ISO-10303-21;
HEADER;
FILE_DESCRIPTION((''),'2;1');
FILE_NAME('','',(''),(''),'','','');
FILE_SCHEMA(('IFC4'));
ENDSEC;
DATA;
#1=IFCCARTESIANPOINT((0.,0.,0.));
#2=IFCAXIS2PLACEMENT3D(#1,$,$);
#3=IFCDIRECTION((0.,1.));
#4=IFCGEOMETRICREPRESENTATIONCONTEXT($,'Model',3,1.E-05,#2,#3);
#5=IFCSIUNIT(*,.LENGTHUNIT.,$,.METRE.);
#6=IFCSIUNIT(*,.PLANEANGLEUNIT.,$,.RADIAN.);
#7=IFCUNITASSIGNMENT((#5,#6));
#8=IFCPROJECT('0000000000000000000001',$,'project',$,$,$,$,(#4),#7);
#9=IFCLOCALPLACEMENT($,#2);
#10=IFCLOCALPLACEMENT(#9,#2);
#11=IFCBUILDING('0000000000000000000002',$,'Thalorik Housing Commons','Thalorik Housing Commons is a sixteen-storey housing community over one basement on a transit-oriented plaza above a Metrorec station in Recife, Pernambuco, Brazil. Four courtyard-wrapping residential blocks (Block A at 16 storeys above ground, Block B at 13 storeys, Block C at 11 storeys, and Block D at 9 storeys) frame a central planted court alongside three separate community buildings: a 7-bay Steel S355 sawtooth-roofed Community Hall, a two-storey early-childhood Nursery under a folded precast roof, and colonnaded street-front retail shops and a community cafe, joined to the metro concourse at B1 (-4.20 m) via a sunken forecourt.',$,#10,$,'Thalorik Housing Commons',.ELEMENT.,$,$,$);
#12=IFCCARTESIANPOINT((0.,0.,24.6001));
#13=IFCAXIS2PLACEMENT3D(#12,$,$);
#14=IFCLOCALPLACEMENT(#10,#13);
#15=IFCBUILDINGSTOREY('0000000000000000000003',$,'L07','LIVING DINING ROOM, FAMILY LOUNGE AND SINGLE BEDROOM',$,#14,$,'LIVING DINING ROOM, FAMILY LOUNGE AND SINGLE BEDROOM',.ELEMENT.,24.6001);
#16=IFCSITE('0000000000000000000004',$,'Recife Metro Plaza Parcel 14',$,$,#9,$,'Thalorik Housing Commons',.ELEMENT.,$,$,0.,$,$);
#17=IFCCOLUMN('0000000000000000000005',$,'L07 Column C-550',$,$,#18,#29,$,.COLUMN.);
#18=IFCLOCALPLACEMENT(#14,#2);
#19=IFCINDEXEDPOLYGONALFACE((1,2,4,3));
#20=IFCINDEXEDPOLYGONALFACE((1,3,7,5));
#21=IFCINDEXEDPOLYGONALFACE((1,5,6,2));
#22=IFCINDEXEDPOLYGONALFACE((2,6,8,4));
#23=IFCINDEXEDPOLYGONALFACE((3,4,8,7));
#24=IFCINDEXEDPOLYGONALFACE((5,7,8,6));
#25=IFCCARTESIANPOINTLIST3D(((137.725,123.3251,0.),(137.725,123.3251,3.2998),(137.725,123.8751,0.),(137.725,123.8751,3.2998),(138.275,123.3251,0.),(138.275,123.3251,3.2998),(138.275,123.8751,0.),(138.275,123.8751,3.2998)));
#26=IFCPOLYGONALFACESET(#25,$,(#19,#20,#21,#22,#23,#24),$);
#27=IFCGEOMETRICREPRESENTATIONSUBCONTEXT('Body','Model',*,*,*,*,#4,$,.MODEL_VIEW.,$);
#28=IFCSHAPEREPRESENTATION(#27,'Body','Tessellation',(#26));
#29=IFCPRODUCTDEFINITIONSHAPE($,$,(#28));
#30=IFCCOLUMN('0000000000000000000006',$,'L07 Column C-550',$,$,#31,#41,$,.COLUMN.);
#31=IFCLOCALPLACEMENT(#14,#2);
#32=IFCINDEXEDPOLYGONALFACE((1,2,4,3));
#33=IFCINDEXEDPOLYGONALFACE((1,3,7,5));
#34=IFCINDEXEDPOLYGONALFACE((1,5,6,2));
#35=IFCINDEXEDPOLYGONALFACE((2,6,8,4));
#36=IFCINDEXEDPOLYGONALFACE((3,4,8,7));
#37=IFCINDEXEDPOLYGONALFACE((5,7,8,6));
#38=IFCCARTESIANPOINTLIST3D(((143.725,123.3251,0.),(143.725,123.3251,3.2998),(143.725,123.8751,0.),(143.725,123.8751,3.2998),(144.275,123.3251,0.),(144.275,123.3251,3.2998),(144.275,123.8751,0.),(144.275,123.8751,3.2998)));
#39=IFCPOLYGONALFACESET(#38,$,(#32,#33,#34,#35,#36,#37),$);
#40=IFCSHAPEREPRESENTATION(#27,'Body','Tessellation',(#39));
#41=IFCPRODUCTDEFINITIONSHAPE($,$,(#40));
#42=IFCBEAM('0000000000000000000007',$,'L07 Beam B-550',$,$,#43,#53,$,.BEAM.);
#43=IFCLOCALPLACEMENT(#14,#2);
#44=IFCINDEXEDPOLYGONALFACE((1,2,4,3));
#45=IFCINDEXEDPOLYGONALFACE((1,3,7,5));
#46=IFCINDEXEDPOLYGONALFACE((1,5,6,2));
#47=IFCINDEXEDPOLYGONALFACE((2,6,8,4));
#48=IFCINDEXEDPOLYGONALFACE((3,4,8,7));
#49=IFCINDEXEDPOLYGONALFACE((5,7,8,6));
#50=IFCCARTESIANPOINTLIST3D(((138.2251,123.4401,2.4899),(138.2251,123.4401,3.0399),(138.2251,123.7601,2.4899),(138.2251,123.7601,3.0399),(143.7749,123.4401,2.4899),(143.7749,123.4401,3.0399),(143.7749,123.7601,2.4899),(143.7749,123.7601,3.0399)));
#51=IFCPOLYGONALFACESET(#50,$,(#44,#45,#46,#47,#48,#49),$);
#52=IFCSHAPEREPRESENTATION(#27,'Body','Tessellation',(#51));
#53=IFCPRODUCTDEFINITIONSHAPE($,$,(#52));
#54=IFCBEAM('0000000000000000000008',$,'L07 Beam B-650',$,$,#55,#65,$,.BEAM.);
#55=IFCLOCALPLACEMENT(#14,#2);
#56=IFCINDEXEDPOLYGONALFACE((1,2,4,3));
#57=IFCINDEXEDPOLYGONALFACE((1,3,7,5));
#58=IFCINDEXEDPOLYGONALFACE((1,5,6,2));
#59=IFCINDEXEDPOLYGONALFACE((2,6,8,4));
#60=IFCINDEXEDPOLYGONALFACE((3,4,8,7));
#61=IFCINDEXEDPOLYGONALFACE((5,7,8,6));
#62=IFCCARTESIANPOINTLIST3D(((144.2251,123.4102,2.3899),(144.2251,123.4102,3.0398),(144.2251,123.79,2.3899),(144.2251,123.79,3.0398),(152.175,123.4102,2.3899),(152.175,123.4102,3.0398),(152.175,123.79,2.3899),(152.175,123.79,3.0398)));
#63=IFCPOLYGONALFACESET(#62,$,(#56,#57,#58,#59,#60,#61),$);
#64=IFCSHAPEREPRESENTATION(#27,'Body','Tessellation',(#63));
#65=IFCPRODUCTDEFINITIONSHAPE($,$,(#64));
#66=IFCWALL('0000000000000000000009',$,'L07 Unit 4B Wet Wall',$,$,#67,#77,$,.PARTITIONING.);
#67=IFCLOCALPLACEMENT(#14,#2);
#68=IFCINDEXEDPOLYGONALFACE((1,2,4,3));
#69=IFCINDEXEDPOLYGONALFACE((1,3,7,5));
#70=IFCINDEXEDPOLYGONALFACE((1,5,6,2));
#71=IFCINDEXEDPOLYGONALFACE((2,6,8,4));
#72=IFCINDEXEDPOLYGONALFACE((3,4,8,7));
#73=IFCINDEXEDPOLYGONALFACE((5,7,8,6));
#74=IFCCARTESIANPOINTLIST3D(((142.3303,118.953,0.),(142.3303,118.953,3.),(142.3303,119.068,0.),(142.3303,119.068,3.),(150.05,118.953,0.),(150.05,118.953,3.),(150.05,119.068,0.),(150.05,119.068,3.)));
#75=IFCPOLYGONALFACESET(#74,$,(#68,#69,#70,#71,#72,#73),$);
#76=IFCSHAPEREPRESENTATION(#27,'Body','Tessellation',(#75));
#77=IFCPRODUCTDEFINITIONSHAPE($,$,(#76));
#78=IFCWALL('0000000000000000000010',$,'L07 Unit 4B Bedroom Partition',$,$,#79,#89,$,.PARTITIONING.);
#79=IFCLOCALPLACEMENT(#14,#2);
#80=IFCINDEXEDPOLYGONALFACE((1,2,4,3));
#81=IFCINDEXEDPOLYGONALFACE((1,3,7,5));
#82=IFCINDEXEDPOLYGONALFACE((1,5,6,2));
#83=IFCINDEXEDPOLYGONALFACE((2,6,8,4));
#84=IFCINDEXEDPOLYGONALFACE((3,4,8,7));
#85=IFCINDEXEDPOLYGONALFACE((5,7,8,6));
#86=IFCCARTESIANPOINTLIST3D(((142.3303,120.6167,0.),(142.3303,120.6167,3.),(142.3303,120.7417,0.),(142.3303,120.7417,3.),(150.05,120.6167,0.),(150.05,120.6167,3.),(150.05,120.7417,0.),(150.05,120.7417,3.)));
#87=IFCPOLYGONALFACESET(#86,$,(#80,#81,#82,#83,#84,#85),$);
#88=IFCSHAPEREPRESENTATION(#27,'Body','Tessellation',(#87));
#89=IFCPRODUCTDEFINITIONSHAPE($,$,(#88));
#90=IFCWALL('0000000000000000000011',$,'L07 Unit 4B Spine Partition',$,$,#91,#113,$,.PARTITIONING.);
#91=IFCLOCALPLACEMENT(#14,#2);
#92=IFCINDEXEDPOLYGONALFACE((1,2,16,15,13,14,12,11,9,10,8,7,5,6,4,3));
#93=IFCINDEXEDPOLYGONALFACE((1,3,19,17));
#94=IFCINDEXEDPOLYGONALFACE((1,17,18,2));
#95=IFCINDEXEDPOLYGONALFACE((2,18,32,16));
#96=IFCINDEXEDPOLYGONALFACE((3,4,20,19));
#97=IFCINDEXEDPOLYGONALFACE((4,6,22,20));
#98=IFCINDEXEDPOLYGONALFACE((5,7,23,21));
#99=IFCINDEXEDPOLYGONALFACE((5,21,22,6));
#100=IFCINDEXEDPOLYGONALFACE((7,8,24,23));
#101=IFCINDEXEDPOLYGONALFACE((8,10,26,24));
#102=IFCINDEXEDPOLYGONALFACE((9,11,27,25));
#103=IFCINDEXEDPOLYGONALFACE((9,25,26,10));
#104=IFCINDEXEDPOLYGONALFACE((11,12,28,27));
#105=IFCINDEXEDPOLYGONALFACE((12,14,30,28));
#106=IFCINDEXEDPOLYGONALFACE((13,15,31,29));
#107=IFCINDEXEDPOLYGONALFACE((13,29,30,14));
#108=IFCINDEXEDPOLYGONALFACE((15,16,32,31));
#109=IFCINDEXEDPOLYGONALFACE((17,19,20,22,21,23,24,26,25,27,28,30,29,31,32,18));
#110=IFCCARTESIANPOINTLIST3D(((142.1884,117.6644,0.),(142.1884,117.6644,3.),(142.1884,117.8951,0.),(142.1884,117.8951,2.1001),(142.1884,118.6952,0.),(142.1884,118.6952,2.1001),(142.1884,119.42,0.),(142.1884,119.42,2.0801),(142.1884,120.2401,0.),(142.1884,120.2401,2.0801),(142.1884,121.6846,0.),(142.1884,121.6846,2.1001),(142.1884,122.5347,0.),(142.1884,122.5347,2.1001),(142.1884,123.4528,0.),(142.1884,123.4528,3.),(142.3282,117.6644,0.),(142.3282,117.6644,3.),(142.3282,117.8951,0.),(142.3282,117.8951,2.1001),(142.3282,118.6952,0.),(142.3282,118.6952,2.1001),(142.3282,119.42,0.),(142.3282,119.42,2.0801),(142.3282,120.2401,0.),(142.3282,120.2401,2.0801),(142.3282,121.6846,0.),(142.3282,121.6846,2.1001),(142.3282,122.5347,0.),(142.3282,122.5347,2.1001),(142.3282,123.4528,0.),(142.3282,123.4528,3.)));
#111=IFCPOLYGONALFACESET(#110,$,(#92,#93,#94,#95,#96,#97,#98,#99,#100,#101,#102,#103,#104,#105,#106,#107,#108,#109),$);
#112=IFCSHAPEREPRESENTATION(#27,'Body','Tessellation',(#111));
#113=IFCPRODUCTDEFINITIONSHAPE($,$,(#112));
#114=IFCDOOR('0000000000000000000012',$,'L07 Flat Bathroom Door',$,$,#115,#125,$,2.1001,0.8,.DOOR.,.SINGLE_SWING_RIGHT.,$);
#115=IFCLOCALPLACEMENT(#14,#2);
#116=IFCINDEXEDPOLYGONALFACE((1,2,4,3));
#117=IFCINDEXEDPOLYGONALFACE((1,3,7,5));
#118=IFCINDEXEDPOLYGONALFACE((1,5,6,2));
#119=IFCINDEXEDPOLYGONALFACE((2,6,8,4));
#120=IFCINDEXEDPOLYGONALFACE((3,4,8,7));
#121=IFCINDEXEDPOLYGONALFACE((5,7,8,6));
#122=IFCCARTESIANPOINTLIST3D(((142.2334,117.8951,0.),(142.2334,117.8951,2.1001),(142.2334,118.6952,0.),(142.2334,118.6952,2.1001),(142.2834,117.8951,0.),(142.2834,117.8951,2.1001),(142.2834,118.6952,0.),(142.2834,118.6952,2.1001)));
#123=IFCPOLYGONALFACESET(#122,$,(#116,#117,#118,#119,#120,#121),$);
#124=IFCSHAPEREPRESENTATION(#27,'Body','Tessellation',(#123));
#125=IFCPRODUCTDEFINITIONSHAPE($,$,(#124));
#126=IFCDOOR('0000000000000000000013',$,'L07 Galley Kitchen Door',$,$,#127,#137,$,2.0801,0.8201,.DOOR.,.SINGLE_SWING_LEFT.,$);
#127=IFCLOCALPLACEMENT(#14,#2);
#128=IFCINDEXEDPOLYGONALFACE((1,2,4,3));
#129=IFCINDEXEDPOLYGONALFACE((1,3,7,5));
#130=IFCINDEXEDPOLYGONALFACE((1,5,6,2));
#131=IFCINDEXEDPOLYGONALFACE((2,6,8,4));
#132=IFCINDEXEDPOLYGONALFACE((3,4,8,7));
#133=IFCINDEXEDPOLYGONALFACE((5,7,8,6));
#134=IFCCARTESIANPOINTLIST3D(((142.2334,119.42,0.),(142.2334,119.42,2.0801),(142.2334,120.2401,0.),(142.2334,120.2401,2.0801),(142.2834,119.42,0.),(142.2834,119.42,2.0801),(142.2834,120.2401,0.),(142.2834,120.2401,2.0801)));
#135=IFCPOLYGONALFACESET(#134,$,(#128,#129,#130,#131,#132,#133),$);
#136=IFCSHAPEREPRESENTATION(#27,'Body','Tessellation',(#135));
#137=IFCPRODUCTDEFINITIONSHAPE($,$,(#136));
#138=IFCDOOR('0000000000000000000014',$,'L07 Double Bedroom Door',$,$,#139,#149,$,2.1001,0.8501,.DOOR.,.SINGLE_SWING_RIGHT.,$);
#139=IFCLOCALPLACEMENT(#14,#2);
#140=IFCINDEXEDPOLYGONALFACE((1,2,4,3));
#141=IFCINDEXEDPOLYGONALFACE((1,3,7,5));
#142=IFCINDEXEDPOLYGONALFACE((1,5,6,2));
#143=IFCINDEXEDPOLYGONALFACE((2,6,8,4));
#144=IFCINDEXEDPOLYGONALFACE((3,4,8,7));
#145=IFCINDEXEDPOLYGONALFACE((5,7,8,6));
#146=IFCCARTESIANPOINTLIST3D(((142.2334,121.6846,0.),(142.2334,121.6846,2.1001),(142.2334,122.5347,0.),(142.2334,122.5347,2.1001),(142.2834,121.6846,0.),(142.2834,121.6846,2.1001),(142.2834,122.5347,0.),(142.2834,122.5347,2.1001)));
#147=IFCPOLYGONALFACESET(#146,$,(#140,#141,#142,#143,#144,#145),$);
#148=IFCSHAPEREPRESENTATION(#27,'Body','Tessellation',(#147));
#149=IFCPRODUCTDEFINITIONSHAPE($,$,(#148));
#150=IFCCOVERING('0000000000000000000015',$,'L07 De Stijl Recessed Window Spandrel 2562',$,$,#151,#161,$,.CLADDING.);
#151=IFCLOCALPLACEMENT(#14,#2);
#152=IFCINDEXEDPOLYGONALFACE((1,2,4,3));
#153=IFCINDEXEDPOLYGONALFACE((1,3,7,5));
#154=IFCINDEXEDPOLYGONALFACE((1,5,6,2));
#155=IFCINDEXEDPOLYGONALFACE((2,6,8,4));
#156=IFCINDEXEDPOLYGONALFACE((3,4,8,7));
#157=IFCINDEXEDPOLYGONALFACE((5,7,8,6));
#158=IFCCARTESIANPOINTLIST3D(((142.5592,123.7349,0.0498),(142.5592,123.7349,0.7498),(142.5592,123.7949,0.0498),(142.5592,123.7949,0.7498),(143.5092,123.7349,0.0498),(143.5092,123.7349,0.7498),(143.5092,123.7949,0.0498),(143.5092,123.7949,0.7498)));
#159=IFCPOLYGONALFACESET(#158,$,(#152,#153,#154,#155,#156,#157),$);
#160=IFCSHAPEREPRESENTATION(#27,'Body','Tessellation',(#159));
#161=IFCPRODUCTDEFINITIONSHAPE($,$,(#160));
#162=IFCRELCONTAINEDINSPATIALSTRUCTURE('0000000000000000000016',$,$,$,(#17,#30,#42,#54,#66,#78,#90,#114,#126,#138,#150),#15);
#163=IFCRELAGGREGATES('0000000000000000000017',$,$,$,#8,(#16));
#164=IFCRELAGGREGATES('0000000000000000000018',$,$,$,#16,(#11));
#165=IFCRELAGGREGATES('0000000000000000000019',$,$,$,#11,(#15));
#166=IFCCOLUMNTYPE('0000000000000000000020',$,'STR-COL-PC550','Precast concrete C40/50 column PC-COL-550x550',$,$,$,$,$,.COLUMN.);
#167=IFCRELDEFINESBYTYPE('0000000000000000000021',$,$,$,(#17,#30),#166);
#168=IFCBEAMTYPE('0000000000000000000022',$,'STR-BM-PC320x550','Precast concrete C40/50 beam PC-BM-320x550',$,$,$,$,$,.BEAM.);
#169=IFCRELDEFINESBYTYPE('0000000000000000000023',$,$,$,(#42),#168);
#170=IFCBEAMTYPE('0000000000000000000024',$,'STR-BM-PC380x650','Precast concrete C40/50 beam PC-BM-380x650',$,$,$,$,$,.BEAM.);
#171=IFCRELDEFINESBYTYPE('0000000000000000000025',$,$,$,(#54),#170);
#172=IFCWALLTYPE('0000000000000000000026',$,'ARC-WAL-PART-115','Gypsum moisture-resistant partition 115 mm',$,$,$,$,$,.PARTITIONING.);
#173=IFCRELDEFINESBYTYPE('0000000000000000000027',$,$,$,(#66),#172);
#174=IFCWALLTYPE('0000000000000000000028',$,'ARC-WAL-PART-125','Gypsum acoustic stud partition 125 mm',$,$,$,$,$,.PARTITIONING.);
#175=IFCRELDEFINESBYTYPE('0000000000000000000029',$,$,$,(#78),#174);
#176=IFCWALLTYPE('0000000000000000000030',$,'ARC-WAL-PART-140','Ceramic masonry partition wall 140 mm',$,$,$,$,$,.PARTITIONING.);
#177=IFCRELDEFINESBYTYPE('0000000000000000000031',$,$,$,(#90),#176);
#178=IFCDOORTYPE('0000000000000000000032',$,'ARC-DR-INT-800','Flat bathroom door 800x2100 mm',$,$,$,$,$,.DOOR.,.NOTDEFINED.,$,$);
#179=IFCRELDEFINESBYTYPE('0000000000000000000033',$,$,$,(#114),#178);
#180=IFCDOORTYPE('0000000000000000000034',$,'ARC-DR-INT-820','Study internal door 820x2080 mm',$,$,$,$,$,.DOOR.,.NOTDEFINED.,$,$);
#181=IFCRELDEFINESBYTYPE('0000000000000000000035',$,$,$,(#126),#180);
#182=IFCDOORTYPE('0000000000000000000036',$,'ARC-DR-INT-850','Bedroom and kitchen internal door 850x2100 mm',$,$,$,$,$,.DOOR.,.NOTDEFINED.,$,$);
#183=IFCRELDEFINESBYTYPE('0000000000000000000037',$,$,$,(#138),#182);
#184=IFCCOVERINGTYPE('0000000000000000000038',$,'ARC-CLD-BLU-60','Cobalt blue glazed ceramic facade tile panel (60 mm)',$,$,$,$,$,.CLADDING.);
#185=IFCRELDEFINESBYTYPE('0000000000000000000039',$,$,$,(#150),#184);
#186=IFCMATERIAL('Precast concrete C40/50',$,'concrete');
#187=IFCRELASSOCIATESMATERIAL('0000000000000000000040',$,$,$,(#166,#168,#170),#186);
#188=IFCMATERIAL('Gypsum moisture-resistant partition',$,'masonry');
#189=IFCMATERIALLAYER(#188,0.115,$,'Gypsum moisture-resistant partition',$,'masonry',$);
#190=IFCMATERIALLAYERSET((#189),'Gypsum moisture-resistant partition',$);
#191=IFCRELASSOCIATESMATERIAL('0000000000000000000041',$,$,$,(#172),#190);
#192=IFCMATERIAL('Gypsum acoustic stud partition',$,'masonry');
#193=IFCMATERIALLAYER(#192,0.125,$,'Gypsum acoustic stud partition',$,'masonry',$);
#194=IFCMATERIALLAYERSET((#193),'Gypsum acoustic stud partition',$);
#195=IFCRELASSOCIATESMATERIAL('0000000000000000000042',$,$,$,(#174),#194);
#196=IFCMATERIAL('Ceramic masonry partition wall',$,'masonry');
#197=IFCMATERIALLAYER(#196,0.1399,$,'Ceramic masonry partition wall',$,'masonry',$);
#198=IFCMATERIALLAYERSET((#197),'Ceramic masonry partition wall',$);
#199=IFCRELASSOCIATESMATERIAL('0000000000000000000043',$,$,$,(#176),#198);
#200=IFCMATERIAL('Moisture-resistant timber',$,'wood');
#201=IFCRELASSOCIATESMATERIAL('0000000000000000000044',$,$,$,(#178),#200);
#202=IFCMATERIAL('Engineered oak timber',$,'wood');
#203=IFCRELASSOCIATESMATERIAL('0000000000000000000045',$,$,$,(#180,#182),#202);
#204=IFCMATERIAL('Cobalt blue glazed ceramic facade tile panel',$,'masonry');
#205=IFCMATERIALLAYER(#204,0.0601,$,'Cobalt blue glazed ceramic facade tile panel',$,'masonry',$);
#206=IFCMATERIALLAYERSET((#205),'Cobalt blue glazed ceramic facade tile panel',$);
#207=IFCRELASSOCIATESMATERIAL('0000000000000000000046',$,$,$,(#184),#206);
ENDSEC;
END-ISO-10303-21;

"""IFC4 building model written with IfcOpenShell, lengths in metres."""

from ifc_helpers import new_model, si_unit, direction, frame, frame_2d, origin, origin_2d, place, context, subcontext, project, spatial, rectangle, extrude, material, layer, layer_set, material_profile, profile_set, type_object, element, fill, save


model = new_model("IFC4")

# Units and contexts
model_context = context("Model", 3, precision=1e-05, world=origin(), true_north=direction((0.0, 1.0)))
body_context = subcontext(model_context, "Body", "Model", "MODEL_VIEW")
ifc_project = project(units=[si_unit("LENGTHUNIT", "METRE"), si_unit("PLANEANGLEUNIT", "RADIAN")], contexts=[model_context])

# Site, building, storey
site_placement = place(None, origin())
site = spatial("IfcSite", under=ifc_project, at=site_placement, Name="Recife Metro Plaza Parcel 14", LongName="Thalorik Housing Commons", CompositionType="ELEMENT", RefElevation=0.0)
building_placement = place(site_placement, origin())
building = spatial("IfcBuilding", under=site, at=building_placement, Name="Thalorik Housing Commons", Description="Thalorik Housing Commons is a sixteen-storey housing community over one basement on a transit-oriented plaza above a Metrorec station in Recife, Pernambuco, Brazil. Four courtyard-wrapping residential blocks (Block A at 16 storeys above ground, Block B at 13 storeys, Block C at 11 storeys, and Block D at 9 storeys) frame a central planted court alongside three separate community buildings: a 7-bay Steel S355 sawtooth-roofed Community Hall, a two-storey early-childhood Nursery under a folded precast roof, and colonnaded street-front retail shops and a community cafe, joined to the metro concourse at B1 (-4.20 m) via a sunken forecourt.", LongName="Thalorik Housing Commons", CompositionType="ELEMENT")
storey_placement = place(building_placement, frame((0.0, 0.0, 24.6001)))
storey = spatial("IfcBuildingStorey", under=building, at=storey_placement, Name="L07", Description="LIVING DINING ROOM, FAMILY LOUNGE AND SINGLE BEDROOM", LongName="LIVING DINING ROOM, FAMILY LOUNGE AND SINGLE BEDROOM", CompositionType="ELEMENT", Elevation=24.6001)

# Columns
ifc_material_1 = material(Name="Precast concrete C40/50", Category="concrete")
ifc_material_profile_1 = material_profile(ifc_material_1, rectangle(XDim=0.55, YDim=0.55, at=origin_2d()), Name="PC 550x550", Category="concrete")
ifc_profile_set_1 = profile_set([ifc_material_profile_1], Name="Precast concrete C40/50")
column_type = type_object("IfcColumnType", Name="STR-COL-PC550", Description="Precast concrete C40/50 column PC-COL-550x550", PredefinedType="COLUMN", material=ifc_profile_set_1)
for number, where, z_axis, x_axis, name in (
    (1, (138.0, 123.6001, 0.0), (0.0, 0.0, 1.0), (1.0, 0.0, 0.0), "L07 Column C-550"),
    (2, (144.0, 123.6001, 0.0), (0.0, 0.0, 1.0), (1.0, 0.0, 0.0), "L07 Column C-550"),
):
    element("IfcColumn", number, at=place(storey_placement, frame(where, z_axis=z_axis, x_axis=x_axis)), inside=storey, type_object=column_type, Name=name, PredefinedType="COLUMN", context=body_context, shape_type="SweptSolid", body=[
        extrude(rectangle(XDim=0.55, YDim=0.55, at=origin_2d()), origin(), (0.0, 0.0, 1.0), 3.2998),
    ])

# Beams
ifc_material_profile_2 = material_profile(ifc_material_1, rectangle(XDim=0.3201, YDim=0.55, at=origin_2d()), Name="PC 320x550", Category="concrete")
ifc_profile_set_2 = profile_set([ifc_material_profile_2], Name="Precast concrete C40/50")
beam_type_1 = type_object("IfcBeamType", Name="STR-BM-PC320x550", Description="Precast concrete C40/50 beam PC-BM-320x550", PredefinedType="BEAM", material=ifc_profile_set_2)
beam_1_placement = place(storey_placement, frame((138.2251, 123.6001, 2.7649), z_axis=(1.0, 0.0, 0.0), x_axis=(0.0, 1.0, 0.0)))
element("IfcBeam", 3, at=beam_1_placement, inside=storey, type_object=beam_type_1, Name="L07 Beam B-550", PredefinedType="BEAM", context=body_context, shape_type="SweptSolid", body=[
    extrude(rectangle(XDim=0.3201, YDim=0.55, at=origin_2d()), origin(), (0.0, 0.0, 1.0), 5.5498),
])
ifc_material_profile_3 = material_profile(ifc_material_1, rectangle(XDim=0.3799, YDim=0.6499, at=origin_2d()), Name="PC 380x650", Category="concrete")
ifc_profile_set_3 = profile_set([ifc_material_profile_3], Name="Precast concrete C40/50")
beam_type_2 = type_object("IfcBeamType", Name="STR-BM-PC380x650", Description="Precast concrete C40/50 beam PC-BM-380x650", PredefinedType="BEAM", material=ifc_profile_set_3)
beam_2_placement = place(storey_placement, frame((144.2251, 123.6001, 2.7148), z_axis=(1.0, 0.0, 0.0), x_axis=(0.0, 1.0, 0.0)))
element("IfcBeam", 4, at=beam_2_placement, inside=storey, type_object=beam_type_2, Name="L07 Beam B-650", PredefinedType="BEAM", context=body_context, shape_type="SweptSolid", body=[
    extrude(rectangle(XDim=0.3799, YDim=0.6499, at=origin_2d()), origin(), (0.0, 0.0, 1.0), 7.95),
])

# Walls
ifc_material_2 = material(Name="Gypsum moisture-resistant partition", Category="masonry")
ifc_layer_1 = layer(ifc_material_2, 0.115, Name="Gypsum moisture-resistant partition", Category="masonry")
ifc_layer_set_1 = layer_set([ifc_layer_1], Name="Gypsum moisture-resistant partition")
wall_type_1 = type_object("IfcWallType", Name="ARC-WAL-PART-115", Description="Gypsum moisture-resistant partition 115 mm", PredefinedType="PARTITIONING", material=ifc_layer_set_1)
wall_1_placement = place(storey_placement, frame((142.3303, 119.0105, 0.0), z_axis=(0.0, 0.0, 1.0), x_axis=(1.0, 0.0, 0.0)))
element("IfcWall", 5, at=wall_1_placement, inside=storey, type_object=wall_type_1, Name="L07 Unit 4B Wet Wall", PredefinedType="PARTITIONING", context=body_context, shape_type="SweptSolid", body=[
    extrude(rectangle(XDim=7.7197, YDim=0.115, at=frame_2d((3.8599, 0.0))), origin(), (0.0, 0.0, 1.0), 3.0),
])
ifc_material_3 = material(Name="Gypsum acoustic stud partition", Category="masonry")
ifc_layer_2 = layer(ifc_material_3, 0.125, Name="Gypsum acoustic stud partition", Category="masonry")
ifc_layer_set_2 = layer_set([ifc_layer_2], Name="Gypsum acoustic stud partition")
wall_type_2 = type_object("IfcWallType", Name="ARC-WAL-PART-125", Description="Gypsum acoustic stud partition 125 mm", PredefinedType="PARTITIONING", material=ifc_layer_set_2)
wall_2_placement = place(storey_placement, frame((142.3303, 120.6792, 0.0), z_axis=(0.0, 0.0, 1.0), x_axis=(1.0, 0.0, 0.0)))
element("IfcWall", 6, at=wall_2_placement, inside=storey, type_object=wall_type_2, Name="L07 Unit 4B Bedroom Partition", PredefinedType="PARTITIONING", context=body_context, shape_type="SweptSolid", body=[
    extrude(rectangle(XDim=7.7197, YDim=0.125, at=frame_2d((3.8599, 0.0))), origin(), (0.0, 0.0, 1.0), 3.0),
])

# Wall, openings, doors
ifc_material_4 = material(Name="Ceramic masonry partition wall", Category="masonry")
ifc_layer_3 = layer(ifc_material_4, 0.1399, Name="Ceramic masonry partition wall", Category="masonry")
ifc_layer_set_3 = layer_set([ifc_layer_3], Name="Ceramic masonry partition wall")
wall_type_3 = type_object("IfcWallType", Name="ARC-WAL-PART-140", Description="Ceramic masonry partition wall 140 mm", PredefinedType="PARTITIONING", material=ifc_layer_set_3)
wall_3_placement = place(storey_placement, frame((142.2583, 117.6646, 0.0), z_axis=(0.0, 0.0, 1.0), x_axis=(0.0, 1.0, 0.0)))
wall_3 = element("IfcWall", 7, at=wall_3_placement, inside=storey, type_object=wall_type_3, Name="L07 Unit 4B Spine Partition", PredefinedType="PARTITIONING", context=body_context, shape_type="SweptSolid", body=[
    extrude(rectangle(XDim=5.7883, YDim=0.1399, at=frame_2d((2.894, 0.0))), origin(), (0.0, 0.0, 1.0), 3.0),
])
opening_1_placement = place(wall_3_placement, frame((0.2307, 0.0, 0.0)))
opening_1 = element("IfcOpeningElement", 8, at=opening_1_placement, cuts=wall_3, PredefinedType="OPENING", context=body_context, shape_type="SweptSolid", body=[
    extrude(rectangle(XDim=0.8, YDim=2.1001, at=frame_2d((0.3999, 1.05))), frame((0.0, 0.0801, 0.0), z_axis=(0.0, -1.0, 0.0), x_axis=(1.0, 0.0, 0.0)), (0.0, 0.0, 1.0), 0.1599),
])
opening_2_placement = place(wall_3_placement, frame((1.7554, 0.0, 0.0)))
opening_2 = element("IfcOpeningElement", 9, at=opening_2_placement, cuts=wall_3, PredefinedType="OPENING", context=body_context, shape_type="SweptSolid", body=[
    extrude(rectangle(XDim=0.8201, YDim=2.0801, at=frame_2d((0.4102, 1.04))), frame((0.0, 0.0801, 0.0), z_axis=(0.0, -1.0, 0.0), x_axis=(1.0, 0.0, 0.0)), (0.0, 0.0, 1.0), 0.1599),
])
opening_3_placement = place(wall_3_placement, frame((4.02, 0.0, 0.0)))
opening_3 = element("IfcOpeningElement", 10, at=opening_3_placement, cuts=wall_3, PredefinedType="OPENING", context=body_context, shape_type="SweptSolid", body=[
    extrude(rectangle(XDim=0.8501, YDim=2.1001, at=frame_2d((0.425, 1.05))), frame((0.0, 0.0801, 0.0), z_axis=(0.0, -1.0, 0.0), x_axis=(1.0, 0.0, 0.0)), (0.0, 0.0, 1.0), 0.1599),
])
ifc_material_5 = material(Name="Moisture-resistant timber", Category="wood")
door_type_1 = type_object("IfcDoorType", Name="ARC-DR-INT-800", Description="Flat bathroom door 800x2100 mm", OperationType="NOTDEFINED", PredefinedType="DOOR", material=ifc_material_5)
door_1_placement = place(opening_1_placement, origin())
door_1 = element("IfcDoor", 11, at=door_1_placement, inside=storey, type_object=door_type_1, Name="L07 Flat Bathroom Door", OperationType="SINGLE_SWING_RIGHT", OverallHeight=2.1001, OverallWidth=0.8, PredefinedType="DOOR", context=body_context, shape_type="SweptSolid", body=[
    extrude(rectangle(XDim=0.8, YDim=2.1001, at=frame_2d((0.3999, 1.05))), frame((0.0, 0.0249, 0.0), z_axis=(0.0, -1.0, 0.0), x_axis=(1.0, 0.0, 0.0)), (0.0, 0.0, 1.0), 0.05),
])
fill(opening_1, door_1)
ifc_material_6 = material(Name="Engineered oak timber", Category="wood")
door_type_2 = type_object("IfcDoorType", Name="ARC-DR-INT-820", Description="Study internal door 820x2080 mm", OperationType="NOTDEFINED", PredefinedType="DOOR", material=ifc_material_6)
door_2_placement = place(opening_2_placement, origin())
door_2 = element("IfcDoor", 12, at=door_2_placement, inside=storey, type_object=door_type_2, Name="L07 Galley Kitchen Door", OperationType="SINGLE_SWING_LEFT", OverallHeight=2.0801, OverallWidth=0.8201, PredefinedType="DOOR", context=body_context, shape_type="SweptSolid", body=[
    extrude(rectangle(XDim=0.8201, YDim=2.0801, at=frame_2d((0.4102, 1.04))), frame((0.0, 0.0249, 0.0), z_axis=(0.0, -1.0, 0.0), x_axis=(1.0, 0.0, 0.0)), (0.0, 0.0, 1.0), 0.05),
])
fill(opening_2, door_2)
door_type_3 = type_object("IfcDoorType", Name="ARC-DR-INT-850", Description="Bedroom and kitchen internal door 850x2100 mm", OperationType="NOTDEFINED", PredefinedType="DOOR", material=ifc_material_6)
door_3_placement = place(opening_3_placement, origin())
door_3 = element("IfcDoor", 13, at=door_3_placement, inside=storey, type_object=door_type_3, Name="L07 Double Bedroom Door", OperationType="SINGLE_SWING_RIGHT", OverallHeight=2.1001, OverallWidth=0.8501, PredefinedType="DOOR", context=body_context, shape_type="SweptSolid", body=[
    extrude(rectangle(XDim=0.8501, YDim=2.1001, at=frame_2d((0.425, 1.05))), frame((0.0, 0.0249, 0.0), z_axis=(0.0, -1.0, 0.0), x_axis=(1.0, 0.0, 0.0)), (0.0, 0.0, 1.0), 0.05),
])
fill(opening_3, door_3)

# Covering
ifc_material_7 = material(Name="Cobalt blue glazed ceramic facade tile panel", Category="masonry")
ifc_layer_4 = layer(ifc_material_7, 0.0601, Name="Cobalt blue glazed ceramic facade tile panel", Category="masonry")
ifc_layer_set_4 = layer_set([ifc_layer_4], Name="Cobalt blue glazed ceramic facade tile panel")
covering_type_1 = type_object("IfcCoveringType", Name="ARC-CLD-BLU-60", Description="Cobalt blue glazed ceramic facade tile panel (60 mm)", PredefinedType="CLADDING", material=ifc_layer_set_4)
covering_1_placement = place(storey_placement, frame((143.0342, 123.7649, 0.0498), z_axis=(0.0, 0.0, 1.0), x_axis=(-1.0, 0.0, 0.0)))
element("IfcCovering", 14, at=covering_1_placement, inside=storey, type_object=covering_type_1, Name="L07 De Stijl Recessed Window Spandrel 2562", PredefinedType="CLADDING", context=body_context, shape_type="SweptSolid", body=[
    extrude(rectangle(XDim=0.95, YDim=0.0601, at=origin_2d()), origin(), (0.0, 0.0, 1.0), 0.7),
])

save(model, "model.ifc")
